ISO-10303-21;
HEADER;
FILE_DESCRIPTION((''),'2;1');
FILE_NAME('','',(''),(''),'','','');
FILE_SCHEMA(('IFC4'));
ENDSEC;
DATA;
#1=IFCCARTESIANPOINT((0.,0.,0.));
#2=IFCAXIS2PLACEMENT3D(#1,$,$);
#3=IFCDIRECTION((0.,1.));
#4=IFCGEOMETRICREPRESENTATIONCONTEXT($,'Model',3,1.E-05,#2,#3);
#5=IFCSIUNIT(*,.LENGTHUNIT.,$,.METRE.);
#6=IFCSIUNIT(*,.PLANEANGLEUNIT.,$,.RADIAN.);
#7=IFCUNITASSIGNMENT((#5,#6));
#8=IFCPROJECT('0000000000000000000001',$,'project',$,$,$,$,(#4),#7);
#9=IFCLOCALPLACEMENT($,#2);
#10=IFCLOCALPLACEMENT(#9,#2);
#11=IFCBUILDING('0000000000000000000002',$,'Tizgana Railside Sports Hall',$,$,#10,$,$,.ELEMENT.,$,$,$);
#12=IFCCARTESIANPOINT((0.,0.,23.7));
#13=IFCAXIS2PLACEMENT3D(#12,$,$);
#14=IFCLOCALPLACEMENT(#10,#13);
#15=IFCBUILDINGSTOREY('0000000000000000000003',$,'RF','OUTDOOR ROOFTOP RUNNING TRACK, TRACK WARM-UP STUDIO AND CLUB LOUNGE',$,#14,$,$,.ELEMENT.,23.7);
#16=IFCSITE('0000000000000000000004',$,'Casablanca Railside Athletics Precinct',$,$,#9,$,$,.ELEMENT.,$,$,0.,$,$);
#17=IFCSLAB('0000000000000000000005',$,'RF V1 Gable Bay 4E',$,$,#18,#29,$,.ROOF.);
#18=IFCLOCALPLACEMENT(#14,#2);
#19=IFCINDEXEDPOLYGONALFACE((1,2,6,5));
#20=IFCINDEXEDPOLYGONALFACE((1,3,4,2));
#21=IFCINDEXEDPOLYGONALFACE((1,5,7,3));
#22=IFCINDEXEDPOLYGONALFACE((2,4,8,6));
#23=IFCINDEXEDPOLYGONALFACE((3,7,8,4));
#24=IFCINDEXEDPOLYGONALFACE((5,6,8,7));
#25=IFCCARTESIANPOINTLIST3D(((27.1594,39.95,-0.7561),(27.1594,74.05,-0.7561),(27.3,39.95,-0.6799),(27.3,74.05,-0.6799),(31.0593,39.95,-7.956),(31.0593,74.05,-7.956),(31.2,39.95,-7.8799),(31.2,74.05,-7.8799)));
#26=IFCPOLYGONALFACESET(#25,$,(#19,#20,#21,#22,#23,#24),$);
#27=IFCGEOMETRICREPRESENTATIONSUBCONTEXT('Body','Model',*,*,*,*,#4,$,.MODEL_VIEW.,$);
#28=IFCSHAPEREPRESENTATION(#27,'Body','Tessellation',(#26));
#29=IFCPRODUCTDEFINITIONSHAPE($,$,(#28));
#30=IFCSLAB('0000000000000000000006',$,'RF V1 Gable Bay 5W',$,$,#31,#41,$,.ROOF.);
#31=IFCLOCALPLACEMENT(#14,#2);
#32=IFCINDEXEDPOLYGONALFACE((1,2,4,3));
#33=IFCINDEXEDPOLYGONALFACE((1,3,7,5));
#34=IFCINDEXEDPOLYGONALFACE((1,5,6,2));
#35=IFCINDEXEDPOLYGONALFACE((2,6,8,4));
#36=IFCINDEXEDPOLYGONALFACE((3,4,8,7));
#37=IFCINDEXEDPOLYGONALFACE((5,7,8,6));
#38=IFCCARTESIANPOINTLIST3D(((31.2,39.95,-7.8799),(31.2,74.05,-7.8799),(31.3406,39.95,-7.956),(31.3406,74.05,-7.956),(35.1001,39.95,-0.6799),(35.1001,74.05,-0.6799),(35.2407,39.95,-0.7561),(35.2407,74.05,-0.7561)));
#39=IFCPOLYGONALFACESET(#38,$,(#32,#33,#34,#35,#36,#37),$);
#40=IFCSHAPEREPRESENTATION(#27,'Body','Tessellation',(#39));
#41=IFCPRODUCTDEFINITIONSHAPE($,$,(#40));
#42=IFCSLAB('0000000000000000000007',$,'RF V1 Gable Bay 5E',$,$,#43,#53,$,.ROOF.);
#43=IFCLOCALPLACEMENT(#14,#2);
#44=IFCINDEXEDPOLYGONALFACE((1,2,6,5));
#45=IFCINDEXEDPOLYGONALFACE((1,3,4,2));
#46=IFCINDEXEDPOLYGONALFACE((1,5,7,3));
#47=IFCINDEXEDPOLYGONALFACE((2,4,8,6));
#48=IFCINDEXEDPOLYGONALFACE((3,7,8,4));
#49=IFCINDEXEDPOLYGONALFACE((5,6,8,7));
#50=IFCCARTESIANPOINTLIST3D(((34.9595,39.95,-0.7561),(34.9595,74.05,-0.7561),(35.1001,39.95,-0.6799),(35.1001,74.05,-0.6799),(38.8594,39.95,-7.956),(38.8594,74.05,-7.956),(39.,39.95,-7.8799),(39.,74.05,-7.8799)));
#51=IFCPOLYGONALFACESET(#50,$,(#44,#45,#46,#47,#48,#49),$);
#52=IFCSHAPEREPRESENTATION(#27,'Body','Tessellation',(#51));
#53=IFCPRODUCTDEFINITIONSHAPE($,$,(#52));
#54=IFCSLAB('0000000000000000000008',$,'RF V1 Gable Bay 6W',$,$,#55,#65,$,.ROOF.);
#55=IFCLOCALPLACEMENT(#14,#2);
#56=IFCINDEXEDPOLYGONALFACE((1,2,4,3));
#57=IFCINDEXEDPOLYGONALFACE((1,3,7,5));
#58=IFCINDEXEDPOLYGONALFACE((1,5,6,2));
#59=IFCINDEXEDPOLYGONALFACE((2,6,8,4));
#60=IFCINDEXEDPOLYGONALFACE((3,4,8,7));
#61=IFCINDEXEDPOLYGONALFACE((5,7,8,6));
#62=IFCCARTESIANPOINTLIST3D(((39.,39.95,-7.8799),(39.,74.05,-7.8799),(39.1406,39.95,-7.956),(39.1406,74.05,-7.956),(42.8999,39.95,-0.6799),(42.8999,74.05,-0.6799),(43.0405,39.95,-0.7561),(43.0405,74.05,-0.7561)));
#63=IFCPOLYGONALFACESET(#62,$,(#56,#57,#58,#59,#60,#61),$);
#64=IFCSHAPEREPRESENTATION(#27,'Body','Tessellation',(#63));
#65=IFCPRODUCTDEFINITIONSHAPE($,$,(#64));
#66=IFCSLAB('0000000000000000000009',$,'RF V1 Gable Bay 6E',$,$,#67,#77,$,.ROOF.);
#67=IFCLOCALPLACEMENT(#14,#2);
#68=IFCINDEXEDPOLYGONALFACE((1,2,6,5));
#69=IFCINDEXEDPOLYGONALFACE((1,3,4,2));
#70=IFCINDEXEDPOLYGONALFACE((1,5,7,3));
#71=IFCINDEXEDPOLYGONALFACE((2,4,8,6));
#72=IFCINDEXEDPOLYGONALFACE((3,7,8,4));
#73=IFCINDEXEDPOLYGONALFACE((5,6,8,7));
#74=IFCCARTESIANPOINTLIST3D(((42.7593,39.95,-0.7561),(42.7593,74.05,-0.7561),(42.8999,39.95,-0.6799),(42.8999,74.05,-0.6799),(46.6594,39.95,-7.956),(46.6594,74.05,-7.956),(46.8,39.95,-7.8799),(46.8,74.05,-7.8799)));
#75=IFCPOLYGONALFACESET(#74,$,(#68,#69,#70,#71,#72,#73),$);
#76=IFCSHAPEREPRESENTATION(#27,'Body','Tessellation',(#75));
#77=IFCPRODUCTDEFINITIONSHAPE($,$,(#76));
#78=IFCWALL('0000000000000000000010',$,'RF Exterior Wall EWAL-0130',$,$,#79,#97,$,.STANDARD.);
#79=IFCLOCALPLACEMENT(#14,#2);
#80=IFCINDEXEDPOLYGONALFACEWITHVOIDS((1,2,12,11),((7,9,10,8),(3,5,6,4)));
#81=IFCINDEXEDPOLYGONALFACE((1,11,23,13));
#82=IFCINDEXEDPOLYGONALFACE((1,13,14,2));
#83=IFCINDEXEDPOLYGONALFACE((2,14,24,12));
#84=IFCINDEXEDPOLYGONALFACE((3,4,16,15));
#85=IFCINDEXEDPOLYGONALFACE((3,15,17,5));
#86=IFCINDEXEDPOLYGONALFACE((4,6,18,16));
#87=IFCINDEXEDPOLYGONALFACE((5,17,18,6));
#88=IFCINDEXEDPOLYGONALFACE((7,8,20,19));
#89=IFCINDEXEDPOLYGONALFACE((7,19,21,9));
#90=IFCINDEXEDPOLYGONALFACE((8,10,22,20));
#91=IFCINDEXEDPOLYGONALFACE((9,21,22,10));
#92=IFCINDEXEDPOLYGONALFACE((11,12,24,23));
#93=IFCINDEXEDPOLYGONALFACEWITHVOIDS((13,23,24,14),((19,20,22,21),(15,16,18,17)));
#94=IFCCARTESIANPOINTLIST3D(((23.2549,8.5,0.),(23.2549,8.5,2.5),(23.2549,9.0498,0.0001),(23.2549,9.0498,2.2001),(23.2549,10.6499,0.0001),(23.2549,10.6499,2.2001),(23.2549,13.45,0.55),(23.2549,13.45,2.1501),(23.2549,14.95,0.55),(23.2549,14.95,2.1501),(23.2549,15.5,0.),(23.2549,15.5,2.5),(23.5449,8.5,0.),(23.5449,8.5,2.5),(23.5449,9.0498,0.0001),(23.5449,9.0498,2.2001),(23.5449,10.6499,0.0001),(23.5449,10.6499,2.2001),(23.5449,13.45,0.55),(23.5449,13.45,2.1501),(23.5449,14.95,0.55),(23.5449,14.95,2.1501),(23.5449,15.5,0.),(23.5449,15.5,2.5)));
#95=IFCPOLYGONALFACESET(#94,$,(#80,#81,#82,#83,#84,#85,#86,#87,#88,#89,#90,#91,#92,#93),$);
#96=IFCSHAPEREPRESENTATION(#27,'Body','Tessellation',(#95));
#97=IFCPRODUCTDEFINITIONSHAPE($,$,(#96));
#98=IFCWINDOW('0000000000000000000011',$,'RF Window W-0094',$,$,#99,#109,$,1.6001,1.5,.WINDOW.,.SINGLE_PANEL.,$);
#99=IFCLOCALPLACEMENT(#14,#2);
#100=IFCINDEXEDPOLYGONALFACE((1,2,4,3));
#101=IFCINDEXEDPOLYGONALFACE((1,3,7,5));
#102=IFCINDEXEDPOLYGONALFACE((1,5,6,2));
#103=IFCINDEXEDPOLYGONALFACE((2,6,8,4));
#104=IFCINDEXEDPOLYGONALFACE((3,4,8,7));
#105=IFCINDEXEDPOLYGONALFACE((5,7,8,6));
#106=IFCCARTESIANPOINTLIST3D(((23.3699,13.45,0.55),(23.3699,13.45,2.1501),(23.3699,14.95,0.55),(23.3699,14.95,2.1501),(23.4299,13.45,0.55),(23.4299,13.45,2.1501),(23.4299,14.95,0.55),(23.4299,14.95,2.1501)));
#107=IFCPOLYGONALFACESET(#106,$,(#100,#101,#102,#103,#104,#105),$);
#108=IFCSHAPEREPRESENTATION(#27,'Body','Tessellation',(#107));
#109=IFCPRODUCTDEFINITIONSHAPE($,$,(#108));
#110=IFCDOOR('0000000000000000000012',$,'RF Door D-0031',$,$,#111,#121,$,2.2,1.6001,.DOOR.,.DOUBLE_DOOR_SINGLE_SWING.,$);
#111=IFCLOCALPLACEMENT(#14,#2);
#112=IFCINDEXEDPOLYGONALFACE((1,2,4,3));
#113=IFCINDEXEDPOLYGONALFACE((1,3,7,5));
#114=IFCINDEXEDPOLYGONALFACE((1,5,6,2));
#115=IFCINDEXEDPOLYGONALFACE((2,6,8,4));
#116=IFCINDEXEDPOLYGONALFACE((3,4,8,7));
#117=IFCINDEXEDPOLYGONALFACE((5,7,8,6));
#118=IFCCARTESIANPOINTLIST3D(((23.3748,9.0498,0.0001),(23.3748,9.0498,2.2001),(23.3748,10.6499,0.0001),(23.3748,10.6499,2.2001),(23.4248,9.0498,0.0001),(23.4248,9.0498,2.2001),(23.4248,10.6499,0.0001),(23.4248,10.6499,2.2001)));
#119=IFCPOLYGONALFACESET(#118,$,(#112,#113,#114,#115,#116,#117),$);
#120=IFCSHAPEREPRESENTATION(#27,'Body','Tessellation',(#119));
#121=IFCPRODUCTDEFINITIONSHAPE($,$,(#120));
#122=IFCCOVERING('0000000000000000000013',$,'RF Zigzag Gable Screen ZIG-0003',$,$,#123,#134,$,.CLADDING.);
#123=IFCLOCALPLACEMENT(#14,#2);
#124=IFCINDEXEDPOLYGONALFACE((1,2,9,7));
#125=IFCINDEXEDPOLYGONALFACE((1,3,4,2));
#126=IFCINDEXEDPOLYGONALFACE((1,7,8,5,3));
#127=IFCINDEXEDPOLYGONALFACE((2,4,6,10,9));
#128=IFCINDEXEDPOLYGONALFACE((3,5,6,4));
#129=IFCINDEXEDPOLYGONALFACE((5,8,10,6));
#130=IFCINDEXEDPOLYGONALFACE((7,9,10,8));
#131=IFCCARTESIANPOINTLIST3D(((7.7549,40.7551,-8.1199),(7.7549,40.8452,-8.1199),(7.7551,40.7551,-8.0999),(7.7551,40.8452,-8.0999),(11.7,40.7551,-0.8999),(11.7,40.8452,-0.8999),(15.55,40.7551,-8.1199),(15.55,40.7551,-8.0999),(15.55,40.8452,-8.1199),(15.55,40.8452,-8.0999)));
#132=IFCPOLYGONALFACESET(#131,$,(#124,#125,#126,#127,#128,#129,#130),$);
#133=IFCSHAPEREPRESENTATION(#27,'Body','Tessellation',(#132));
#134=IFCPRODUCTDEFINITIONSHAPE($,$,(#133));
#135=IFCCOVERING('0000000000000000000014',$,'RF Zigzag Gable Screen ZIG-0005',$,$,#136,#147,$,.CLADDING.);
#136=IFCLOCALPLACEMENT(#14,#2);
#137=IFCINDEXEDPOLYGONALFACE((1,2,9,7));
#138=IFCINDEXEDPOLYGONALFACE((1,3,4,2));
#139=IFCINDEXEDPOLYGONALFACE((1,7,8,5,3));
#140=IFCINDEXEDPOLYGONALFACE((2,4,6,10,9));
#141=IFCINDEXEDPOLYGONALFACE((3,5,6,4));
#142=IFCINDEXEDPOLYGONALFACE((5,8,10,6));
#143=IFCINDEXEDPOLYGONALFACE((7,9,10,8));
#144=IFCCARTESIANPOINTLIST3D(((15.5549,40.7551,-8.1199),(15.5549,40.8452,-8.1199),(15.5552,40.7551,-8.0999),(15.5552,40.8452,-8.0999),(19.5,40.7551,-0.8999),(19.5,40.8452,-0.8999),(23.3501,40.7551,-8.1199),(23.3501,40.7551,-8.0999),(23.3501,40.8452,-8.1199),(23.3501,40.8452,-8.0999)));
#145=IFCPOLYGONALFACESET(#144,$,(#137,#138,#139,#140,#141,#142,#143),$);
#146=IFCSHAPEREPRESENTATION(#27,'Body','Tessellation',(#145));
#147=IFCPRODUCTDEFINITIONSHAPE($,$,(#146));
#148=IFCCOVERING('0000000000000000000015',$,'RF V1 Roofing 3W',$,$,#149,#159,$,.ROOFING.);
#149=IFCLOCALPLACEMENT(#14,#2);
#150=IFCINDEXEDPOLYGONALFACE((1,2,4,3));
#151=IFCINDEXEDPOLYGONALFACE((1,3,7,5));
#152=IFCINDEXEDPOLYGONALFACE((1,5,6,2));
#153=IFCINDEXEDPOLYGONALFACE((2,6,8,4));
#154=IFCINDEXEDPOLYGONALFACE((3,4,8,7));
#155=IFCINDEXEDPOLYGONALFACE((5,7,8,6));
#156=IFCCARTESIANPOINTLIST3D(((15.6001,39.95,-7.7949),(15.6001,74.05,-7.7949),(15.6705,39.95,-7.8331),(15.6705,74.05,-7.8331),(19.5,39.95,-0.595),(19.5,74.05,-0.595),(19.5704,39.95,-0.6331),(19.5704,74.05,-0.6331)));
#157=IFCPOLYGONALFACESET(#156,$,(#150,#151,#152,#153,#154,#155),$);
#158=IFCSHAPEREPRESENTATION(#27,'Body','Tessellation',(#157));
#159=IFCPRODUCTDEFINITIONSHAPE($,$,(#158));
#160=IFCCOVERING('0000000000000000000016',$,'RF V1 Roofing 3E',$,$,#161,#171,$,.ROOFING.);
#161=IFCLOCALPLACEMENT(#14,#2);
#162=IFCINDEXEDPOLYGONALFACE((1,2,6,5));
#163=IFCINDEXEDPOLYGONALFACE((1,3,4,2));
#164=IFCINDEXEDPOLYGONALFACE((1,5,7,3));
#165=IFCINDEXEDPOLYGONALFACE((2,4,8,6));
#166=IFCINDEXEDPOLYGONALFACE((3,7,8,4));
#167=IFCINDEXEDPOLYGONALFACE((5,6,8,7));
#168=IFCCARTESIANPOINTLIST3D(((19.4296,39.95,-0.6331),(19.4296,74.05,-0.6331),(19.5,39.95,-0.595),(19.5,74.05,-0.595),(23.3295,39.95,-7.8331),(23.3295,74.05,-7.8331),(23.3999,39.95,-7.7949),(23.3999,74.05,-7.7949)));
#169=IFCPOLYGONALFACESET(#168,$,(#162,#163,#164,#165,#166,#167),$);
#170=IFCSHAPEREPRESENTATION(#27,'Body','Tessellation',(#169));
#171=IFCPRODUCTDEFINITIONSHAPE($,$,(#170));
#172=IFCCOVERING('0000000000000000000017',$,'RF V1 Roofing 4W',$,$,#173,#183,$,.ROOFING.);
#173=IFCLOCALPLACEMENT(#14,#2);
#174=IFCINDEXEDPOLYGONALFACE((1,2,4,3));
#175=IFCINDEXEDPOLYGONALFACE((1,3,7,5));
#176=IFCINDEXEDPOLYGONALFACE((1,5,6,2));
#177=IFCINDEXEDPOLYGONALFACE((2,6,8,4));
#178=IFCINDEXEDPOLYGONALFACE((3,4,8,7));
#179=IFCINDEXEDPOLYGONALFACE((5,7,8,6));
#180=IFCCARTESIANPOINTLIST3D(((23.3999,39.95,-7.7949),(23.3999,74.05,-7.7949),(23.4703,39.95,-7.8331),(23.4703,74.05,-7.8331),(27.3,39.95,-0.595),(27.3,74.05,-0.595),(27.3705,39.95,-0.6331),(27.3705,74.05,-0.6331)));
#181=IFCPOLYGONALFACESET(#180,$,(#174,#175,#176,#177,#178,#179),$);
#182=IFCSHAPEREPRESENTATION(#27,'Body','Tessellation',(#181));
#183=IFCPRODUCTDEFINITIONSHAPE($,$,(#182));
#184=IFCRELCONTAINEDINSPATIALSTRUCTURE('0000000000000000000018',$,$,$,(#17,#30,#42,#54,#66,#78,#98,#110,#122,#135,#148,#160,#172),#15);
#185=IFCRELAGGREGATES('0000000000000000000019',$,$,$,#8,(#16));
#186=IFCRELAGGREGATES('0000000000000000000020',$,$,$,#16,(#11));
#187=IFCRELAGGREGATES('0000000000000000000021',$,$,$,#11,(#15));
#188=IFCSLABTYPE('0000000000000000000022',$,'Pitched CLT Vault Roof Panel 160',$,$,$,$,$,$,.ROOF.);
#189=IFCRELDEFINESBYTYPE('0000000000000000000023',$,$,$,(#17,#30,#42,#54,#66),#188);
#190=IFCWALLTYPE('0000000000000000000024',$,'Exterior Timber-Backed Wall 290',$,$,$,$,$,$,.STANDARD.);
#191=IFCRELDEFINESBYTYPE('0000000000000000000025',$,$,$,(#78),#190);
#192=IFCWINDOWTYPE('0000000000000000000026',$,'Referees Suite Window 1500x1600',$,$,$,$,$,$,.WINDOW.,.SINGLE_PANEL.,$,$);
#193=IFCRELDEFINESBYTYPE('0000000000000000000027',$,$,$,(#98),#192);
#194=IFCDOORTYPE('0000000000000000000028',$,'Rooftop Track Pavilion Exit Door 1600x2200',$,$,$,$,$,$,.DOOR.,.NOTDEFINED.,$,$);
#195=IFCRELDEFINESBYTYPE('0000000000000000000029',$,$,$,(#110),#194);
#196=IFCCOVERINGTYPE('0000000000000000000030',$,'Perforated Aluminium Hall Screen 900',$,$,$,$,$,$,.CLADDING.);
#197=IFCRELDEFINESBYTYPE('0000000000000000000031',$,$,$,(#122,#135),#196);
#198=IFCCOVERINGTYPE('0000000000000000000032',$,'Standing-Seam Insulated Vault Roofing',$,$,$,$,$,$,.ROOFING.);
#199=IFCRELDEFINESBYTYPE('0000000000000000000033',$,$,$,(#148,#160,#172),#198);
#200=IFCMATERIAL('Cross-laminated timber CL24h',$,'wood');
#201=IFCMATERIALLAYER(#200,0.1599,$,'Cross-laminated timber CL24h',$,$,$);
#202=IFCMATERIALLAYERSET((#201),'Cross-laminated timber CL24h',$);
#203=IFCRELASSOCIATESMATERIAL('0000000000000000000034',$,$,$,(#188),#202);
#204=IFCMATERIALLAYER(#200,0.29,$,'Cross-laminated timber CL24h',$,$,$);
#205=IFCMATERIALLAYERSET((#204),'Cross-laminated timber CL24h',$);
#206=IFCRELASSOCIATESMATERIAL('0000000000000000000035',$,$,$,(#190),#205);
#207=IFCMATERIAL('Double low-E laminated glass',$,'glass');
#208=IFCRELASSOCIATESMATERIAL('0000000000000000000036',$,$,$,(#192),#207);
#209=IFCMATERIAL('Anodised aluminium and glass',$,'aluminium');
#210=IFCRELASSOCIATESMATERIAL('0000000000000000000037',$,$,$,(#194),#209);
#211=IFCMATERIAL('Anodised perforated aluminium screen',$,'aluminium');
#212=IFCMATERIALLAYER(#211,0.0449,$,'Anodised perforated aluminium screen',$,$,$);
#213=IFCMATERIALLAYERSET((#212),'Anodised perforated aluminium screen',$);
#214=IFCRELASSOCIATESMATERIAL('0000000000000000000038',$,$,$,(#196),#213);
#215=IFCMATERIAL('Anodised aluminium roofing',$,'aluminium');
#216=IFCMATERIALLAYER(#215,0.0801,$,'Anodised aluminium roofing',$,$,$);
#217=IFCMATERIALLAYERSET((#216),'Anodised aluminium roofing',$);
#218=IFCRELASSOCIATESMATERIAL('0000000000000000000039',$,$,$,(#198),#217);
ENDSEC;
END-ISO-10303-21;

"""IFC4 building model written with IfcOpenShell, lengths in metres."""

from ifc_helpers import new_model, si_unit, direction, frame, frame_2d, origin, place, context, subcontext, project, spatial, polyline, rectangle, outline, extrude, material, layer, layer_set, type_object, element, fill, save


model = new_model("IFC4")

# Units and contexts
model_context = context("Model", 3, precision=1e-05, world=origin(), true_north=direction((0.0, 1.0)))
body_context = subcontext(model_context, "Body", "Model", "MODEL_VIEW")
ifc_project = project(units=[si_unit("LENGTHUNIT", "METRE"), si_unit("PLANEANGLEUNIT", "RADIAN")], contexts=[model_context])

# Site, building, storey
site_placement = place(None, origin())
site = spatial("IfcSite", under=ifc_project, at=site_placement, Name="Casablanca Railside Athletics Precinct", CompositionType="ELEMENT", RefElevation=0.0)
building_placement = place(site_placement, origin())
building = spatial("IfcBuilding", under=site, at=building_placement, Name="Tizgana Railside Sports Hall", CompositionType="ELEMENT")
storey_placement = place(building_placement, frame((0.0, 0.0, 23.7)))
storey = spatial("IfcBuildingStorey", under=building, at=storey_placement, Name="RF", Description="OUTDOOR ROOFTOP RUNNING TRACK, TRACK WARM-UP STUDIO AND CLUB LOUNGE", CompositionType="ELEMENT", Elevation=23.7)

# Slabs
ifc_material_1 = material(Name="Cross-laminated timber CL24h", Category="wood")
ifc_layer_1 = layer(ifc_material_1, 0.1599, Name="Cross-laminated timber CL24h")
ifc_layer_set_1 = layer_set([ifc_layer_1], Name="Cross-laminated timber CL24h")
slab_type = type_object("IfcSlabType", Name="Pitched CLT Vault Roof Panel 160", PredefinedType="ROOF", material=ifc_layer_set_1)
slab_1_placement = place(storey_placement, frame((27.3, 39.95, -0.6799), z_axis=(0.879296, 0.0, 0.476276), x_axis=(0.476276, 0.0, -0.879296)))
element("IfcSlab", 1, at=slab_1_placement, inside=storey, type_object=slab_type, Name="RF V1 Gable Bay 4E", PredefinedType="ROOF", context=body_context, shape_type="SweptSolid", body=[
    extrude(outline(polyline([(0.0, 0.0), (8.1883, 0.0), (8.1883, 34.1001), (0.0, 34.1001), (0.0, 0.0)])), origin(), (0.0, 0.0, -1.0), 0.1599),
])
slab_2_placement = place(storey_placement, frame((31.2, 39.95, -7.8799), z_axis=(-0.879283, 0.0, 0.476299), x_axis=(0.476299, 0.0, 0.879283)))
element("IfcSlab", 2, at=slab_2_placement, inside=storey, type_object=slab_type, Name="RF V1 Gable Bay 5W", PredefinedType="ROOF", context=body_context, shape_type="SweptSolid", body=[
    extrude(outline(polyline([(0.0, 0.0), (8.1884, 0.0), (8.1884, 34.1001), (0.0, 34.1001), (0.0, 0.0)])), origin(), (0.0, 0.0, -1.0), 0.1599),
])
for number, where, z_axis, x_axis, name in (
    (3, (35.1001, 39.95, -0.6799), (0.879296, 0.0, 0.476276), (0.476276, 0.0, -0.879296), "RF V1 Gable Bay 5E"),
    (4, (39.0, 39.95, -7.8799), (-0.879296, 0.0, 0.476276), (0.476276, 0.0, 0.879296), "RF V1 Gable Bay 6W"),
):
    element("IfcSlab", number, at=place(storey_placement, frame(where, z_axis=z_axis, x_axis=x_axis)), inside=storey, type_object=slab_type, Name=name, PredefinedType="ROOF", context=body_context, shape_type="SweptSolid", body=[
        extrude(outline(polyline([(0.0, 0.0), (8.1883, 0.0), (8.1883, 34.1001), (0.0, 34.1001), (0.0, 0.0)])), origin(), (0.0, 0.0, -1.0), 0.1599),
    ])
slab_3_placement = place(storey_placement, frame((42.8999, 39.95, -0.6799), z_axis=(0.879283, 0.0, 0.476299), x_axis=(0.476299, 0.0, -0.879283)))
element("IfcSlab", 5, at=slab_3_placement, inside=storey, type_object=slab_type, Name="RF V1 Gable Bay 6E", PredefinedType="ROOF", context=body_context, shape_type="SweptSolid", body=[
    extrude(outline(polyline([(0.0, 0.0), (8.1884, 0.0), (8.1884, 34.1001), (0.0, 34.1001), (0.0, 0.0)])), origin(), (0.0, 0.0, -1.0), 0.1599),
])

# Wall, openings, window, door
ifc_layer_2 = layer(ifc_material_1, 0.29, Name="Cross-laminated timber CL24h")
ifc_layer_set_2 = layer_set([ifc_layer_2], Name="Cross-laminated timber CL24h")
wall_type = type_object("IfcWallType", Name="Exterior Timber-Backed Wall 290", PredefinedType="STANDARD", material=ifc_layer_set_2)
wall_placement = place(storey_placement, frame((23.3999, 15.5, 0.0), z_axis=(0.0, 0.0, 1.0), x_axis=(0.0, -1.0, 0.0)))
wall = element("IfcWall", 6, at=wall_placement, inside=storey, type_object=wall_type, Name="RF Exterior Wall EWAL-0130", PredefinedType="STANDARD", context=body_context, shape_type="SweptSolid", body=[
    extrude(rectangle(XDim=7.0, YDim=0.29, at=frame_2d((3.5, 0.0))), origin(), (0.0, 0.0, 1.0), 2.5),
])
opening_1_placement = place(wall_placement, frame((4.8501, 0.0, 0.0)))
opening_1 = element("IfcOpeningElement", 7, at=opening_1_placement, cuts=wall, PredefinedType="OPENING", context=body_context, shape_type="SweptSolid", body=[
    extrude(rectangle(XDim=1.6001, YDim=2.2, at=frame_2d((0.8, 1.1001))), frame((0.0, 0.155, 0.0), z_axis=(0.0, -1.0, 0.0), x_axis=(1.0, 0.0, 0.0)), (0.0, 0.0, 1.0), 0.3101),
])
opening_2_placement = place(wall_placement, frame((0.55, 0.0, 0.55)))
opening_2 = element("IfcOpeningElement", 8, at=opening_2_placement, cuts=wall, PredefinedType="OPENING", context=body_context, shape_type="SweptSolid", body=[
    extrude(rectangle(XDim=1.5, YDim=1.6001, at=frame_2d((0.75, 0.8))), frame((0.0, 0.155, 0.0), z_axis=(0.0, -1.0, 0.0), x_axis=(1.0, 0.0, 0.0)), (0.0, 0.0, 1.0), 0.3101),
])
ifc_material_2 = material(Name="Double low-E laminated glass", Category="glass")
window_type = type_object("IfcWindowType", Name="Referees Suite Window 1500x1600", PartitioningType="SINGLE_PANEL", PredefinedType="WINDOW", material=ifc_material_2)
window_placement = place(opening_2_placement, origin())
window = element("IfcWindow", 9, at=window_placement, inside=storey, type_object=window_type, Name="RF Window W-0094", OverallHeight=1.6001, OverallWidth=1.5, PartitioningType="SINGLE_PANEL", PredefinedType="WINDOW", context=body_context, shape_type="SweptSolid", body=[
    extrude(rectangle(XDim=1.5, YDim=1.6001, at=frame_2d((0.75, 0.8))), frame((0.0, 0.03, 0.0), z_axis=(0.0, -1.0, 0.0), x_axis=(1.0, 0.0, 0.0)), (0.0, 0.0, 1.0), 0.0601),
])
fill(opening_2, window)
ifc_material_3 = material(Name="Anodised aluminium and glass", Category="aluminium")
door_type = type_object("IfcDoorType", Name="Rooftop Track Pavilion Exit Door 1600x2200", OperationType="NOTDEFINED", PredefinedType="DOOR", material=ifc_material_3)
door_placement = place(opening_1_placement, origin())
door = element("IfcDoor", 10, at=door_placement, inside=storey, type_object=door_type, Name="RF Door D-0031", OperationType="DOUBLE_DOOR_SINGLE_SWING", OverallHeight=2.2, OverallWidth=1.6001, PredefinedType="DOOR", context=body_context, shape_type="SweptSolid", body=[
    extrude(rectangle(XDim=1.6001, YDim=2.2, at=frame_2d((0.8, 1.1001))), frame((0.0, 0.0249, 0.0), z_axis=(0.0, -1.0, 0.0), x_axis=(1.0, 0.0, 0.0)), (0.0, 0.0, 1.0), 0.05),
])
fill(opening_1, door)

# Coverings
ifc_material_4 = material(Name="Anodised perforated aluminium screen", Category="aluminium")
ifc_layer_3 = layer(ifc_material_4, 0.0449, Name="Anodised perforated aluminium screen")
ifc_layer_set_3 = layer_set([ifc_layer_3], Name="Anodised perforated aluminium screen")
covering_type_1 = type_object("IfcCoveringType", Name="Perforated Aluminium Hall Screen 900", PredefinedType="CLADDING", material=ifc_layer_set_3)
for number, where, z_axis, x_axis, name in (
    (11, (15.55, 40.8, -8.1199), (0.0, 0.0, 1.0), (-1.0, 0.0, 0.0), "RF Zigzag Gable Screen ZIG-0003"),
    (12, (23.3501, 40.8, -8.1199), (0.0, 0.0, 1.0), (-1.0, 0.0, 0.0), "RF Zigzag Gable Screen ZIG-0005"),
):
    element("IfcCovering", number, at=place(storey_placement, frame(where, z_axis=z_axis, x_axis=x_axis)), inside=storey, type_object=covering_type_1, Name=name, PredefinedType="CLADDING", context=body_context, shape_type="SweptSolid", body=[
        extrude(outline(polyline([(0.0, 0.0), (7.7952, 0.0), (7.7949, 0.02), (3.8501, 7.22), (0.0, 0.02), (0.0, 0.0)])), frame((0.0, 0.0449, 0.0), z_axis=(0.0, -1.0, 0.0), x_axis=(1.0, 0.0, 0.0)), (0.0, 0.0, 1.0), 0.0901),
    ])
ifc_material_5 = material(Name="Anodised aluminium roofing", Category="aluminium")
ifc_layer_4 = layer(ifc_material_5, 0.0801, Name="Anodised aluminium roofing")
ifc_layer_set_4 = layer_set([ifc_layer_4], Name="Anodised aluminium roofing")
covering_type_2 = type_object("IfcCoveringType", Name="Standing-Seam Insulated Vault Roofing", PredefinedType="ROOFING", material=ifc_layer_set_4)
for number, where, z_axis, x_axis, name in (
    (13, (15.6001, 39.95, -7.7949), (-0.879296, 0.0, 0.476276), (0.476276, 0.0, 0.879296), "RF V1 Roofing 3W"),
    (14, (19.5, 39.95, -0.595), (0.879296, 0.0, 0.476276), (0.476276, 0.0, -0.879296), "RF V1 Roofing 3E"),
):
    element("IfcCovering", number, at=place(storey_placement, frame(where, z_axis=z_axis, x_axis=x_axis)), inside=storey, type_object=covering_type_2, Name=name, PredefinedType="ROOFING", context=body_context, shape_type="SweptSolid", body=[
        extrude(outline(polyline([(0.0, 0.0), (8.1883, 0.0), (8.1883, 34.1001), (0.0, 34.1001), (0.0, 0.0)])), origin(), (0.0, 0.0, -1.0), 0.0801),
    ])
covering_1_placement = place(storey_placement, frame((23.3999, 39.95, -7.7949), z_axis=(-0.879283, 0.0, 0.476299), x_axis=(0.476299, 0.0, 0.879283)))
element("IfcCovering", 15, at=covering_1_placement, inside=storey, type_object=covering_type_2, Name="RF V1 Roofing 4W", PredefinedType="ROOFING", context=body_context, shape_type="SweptSolid", body=[
    extrude(outline(polyline([(0.0, 0.0), (8.1884, 0.0), (8.1884, 34.1001), (0.0, 34.1001), (0.0, 0.0)])), origin(), (0.0, 0.0, -1.0), 0.0801),
])

save(model, "model.ifc")
